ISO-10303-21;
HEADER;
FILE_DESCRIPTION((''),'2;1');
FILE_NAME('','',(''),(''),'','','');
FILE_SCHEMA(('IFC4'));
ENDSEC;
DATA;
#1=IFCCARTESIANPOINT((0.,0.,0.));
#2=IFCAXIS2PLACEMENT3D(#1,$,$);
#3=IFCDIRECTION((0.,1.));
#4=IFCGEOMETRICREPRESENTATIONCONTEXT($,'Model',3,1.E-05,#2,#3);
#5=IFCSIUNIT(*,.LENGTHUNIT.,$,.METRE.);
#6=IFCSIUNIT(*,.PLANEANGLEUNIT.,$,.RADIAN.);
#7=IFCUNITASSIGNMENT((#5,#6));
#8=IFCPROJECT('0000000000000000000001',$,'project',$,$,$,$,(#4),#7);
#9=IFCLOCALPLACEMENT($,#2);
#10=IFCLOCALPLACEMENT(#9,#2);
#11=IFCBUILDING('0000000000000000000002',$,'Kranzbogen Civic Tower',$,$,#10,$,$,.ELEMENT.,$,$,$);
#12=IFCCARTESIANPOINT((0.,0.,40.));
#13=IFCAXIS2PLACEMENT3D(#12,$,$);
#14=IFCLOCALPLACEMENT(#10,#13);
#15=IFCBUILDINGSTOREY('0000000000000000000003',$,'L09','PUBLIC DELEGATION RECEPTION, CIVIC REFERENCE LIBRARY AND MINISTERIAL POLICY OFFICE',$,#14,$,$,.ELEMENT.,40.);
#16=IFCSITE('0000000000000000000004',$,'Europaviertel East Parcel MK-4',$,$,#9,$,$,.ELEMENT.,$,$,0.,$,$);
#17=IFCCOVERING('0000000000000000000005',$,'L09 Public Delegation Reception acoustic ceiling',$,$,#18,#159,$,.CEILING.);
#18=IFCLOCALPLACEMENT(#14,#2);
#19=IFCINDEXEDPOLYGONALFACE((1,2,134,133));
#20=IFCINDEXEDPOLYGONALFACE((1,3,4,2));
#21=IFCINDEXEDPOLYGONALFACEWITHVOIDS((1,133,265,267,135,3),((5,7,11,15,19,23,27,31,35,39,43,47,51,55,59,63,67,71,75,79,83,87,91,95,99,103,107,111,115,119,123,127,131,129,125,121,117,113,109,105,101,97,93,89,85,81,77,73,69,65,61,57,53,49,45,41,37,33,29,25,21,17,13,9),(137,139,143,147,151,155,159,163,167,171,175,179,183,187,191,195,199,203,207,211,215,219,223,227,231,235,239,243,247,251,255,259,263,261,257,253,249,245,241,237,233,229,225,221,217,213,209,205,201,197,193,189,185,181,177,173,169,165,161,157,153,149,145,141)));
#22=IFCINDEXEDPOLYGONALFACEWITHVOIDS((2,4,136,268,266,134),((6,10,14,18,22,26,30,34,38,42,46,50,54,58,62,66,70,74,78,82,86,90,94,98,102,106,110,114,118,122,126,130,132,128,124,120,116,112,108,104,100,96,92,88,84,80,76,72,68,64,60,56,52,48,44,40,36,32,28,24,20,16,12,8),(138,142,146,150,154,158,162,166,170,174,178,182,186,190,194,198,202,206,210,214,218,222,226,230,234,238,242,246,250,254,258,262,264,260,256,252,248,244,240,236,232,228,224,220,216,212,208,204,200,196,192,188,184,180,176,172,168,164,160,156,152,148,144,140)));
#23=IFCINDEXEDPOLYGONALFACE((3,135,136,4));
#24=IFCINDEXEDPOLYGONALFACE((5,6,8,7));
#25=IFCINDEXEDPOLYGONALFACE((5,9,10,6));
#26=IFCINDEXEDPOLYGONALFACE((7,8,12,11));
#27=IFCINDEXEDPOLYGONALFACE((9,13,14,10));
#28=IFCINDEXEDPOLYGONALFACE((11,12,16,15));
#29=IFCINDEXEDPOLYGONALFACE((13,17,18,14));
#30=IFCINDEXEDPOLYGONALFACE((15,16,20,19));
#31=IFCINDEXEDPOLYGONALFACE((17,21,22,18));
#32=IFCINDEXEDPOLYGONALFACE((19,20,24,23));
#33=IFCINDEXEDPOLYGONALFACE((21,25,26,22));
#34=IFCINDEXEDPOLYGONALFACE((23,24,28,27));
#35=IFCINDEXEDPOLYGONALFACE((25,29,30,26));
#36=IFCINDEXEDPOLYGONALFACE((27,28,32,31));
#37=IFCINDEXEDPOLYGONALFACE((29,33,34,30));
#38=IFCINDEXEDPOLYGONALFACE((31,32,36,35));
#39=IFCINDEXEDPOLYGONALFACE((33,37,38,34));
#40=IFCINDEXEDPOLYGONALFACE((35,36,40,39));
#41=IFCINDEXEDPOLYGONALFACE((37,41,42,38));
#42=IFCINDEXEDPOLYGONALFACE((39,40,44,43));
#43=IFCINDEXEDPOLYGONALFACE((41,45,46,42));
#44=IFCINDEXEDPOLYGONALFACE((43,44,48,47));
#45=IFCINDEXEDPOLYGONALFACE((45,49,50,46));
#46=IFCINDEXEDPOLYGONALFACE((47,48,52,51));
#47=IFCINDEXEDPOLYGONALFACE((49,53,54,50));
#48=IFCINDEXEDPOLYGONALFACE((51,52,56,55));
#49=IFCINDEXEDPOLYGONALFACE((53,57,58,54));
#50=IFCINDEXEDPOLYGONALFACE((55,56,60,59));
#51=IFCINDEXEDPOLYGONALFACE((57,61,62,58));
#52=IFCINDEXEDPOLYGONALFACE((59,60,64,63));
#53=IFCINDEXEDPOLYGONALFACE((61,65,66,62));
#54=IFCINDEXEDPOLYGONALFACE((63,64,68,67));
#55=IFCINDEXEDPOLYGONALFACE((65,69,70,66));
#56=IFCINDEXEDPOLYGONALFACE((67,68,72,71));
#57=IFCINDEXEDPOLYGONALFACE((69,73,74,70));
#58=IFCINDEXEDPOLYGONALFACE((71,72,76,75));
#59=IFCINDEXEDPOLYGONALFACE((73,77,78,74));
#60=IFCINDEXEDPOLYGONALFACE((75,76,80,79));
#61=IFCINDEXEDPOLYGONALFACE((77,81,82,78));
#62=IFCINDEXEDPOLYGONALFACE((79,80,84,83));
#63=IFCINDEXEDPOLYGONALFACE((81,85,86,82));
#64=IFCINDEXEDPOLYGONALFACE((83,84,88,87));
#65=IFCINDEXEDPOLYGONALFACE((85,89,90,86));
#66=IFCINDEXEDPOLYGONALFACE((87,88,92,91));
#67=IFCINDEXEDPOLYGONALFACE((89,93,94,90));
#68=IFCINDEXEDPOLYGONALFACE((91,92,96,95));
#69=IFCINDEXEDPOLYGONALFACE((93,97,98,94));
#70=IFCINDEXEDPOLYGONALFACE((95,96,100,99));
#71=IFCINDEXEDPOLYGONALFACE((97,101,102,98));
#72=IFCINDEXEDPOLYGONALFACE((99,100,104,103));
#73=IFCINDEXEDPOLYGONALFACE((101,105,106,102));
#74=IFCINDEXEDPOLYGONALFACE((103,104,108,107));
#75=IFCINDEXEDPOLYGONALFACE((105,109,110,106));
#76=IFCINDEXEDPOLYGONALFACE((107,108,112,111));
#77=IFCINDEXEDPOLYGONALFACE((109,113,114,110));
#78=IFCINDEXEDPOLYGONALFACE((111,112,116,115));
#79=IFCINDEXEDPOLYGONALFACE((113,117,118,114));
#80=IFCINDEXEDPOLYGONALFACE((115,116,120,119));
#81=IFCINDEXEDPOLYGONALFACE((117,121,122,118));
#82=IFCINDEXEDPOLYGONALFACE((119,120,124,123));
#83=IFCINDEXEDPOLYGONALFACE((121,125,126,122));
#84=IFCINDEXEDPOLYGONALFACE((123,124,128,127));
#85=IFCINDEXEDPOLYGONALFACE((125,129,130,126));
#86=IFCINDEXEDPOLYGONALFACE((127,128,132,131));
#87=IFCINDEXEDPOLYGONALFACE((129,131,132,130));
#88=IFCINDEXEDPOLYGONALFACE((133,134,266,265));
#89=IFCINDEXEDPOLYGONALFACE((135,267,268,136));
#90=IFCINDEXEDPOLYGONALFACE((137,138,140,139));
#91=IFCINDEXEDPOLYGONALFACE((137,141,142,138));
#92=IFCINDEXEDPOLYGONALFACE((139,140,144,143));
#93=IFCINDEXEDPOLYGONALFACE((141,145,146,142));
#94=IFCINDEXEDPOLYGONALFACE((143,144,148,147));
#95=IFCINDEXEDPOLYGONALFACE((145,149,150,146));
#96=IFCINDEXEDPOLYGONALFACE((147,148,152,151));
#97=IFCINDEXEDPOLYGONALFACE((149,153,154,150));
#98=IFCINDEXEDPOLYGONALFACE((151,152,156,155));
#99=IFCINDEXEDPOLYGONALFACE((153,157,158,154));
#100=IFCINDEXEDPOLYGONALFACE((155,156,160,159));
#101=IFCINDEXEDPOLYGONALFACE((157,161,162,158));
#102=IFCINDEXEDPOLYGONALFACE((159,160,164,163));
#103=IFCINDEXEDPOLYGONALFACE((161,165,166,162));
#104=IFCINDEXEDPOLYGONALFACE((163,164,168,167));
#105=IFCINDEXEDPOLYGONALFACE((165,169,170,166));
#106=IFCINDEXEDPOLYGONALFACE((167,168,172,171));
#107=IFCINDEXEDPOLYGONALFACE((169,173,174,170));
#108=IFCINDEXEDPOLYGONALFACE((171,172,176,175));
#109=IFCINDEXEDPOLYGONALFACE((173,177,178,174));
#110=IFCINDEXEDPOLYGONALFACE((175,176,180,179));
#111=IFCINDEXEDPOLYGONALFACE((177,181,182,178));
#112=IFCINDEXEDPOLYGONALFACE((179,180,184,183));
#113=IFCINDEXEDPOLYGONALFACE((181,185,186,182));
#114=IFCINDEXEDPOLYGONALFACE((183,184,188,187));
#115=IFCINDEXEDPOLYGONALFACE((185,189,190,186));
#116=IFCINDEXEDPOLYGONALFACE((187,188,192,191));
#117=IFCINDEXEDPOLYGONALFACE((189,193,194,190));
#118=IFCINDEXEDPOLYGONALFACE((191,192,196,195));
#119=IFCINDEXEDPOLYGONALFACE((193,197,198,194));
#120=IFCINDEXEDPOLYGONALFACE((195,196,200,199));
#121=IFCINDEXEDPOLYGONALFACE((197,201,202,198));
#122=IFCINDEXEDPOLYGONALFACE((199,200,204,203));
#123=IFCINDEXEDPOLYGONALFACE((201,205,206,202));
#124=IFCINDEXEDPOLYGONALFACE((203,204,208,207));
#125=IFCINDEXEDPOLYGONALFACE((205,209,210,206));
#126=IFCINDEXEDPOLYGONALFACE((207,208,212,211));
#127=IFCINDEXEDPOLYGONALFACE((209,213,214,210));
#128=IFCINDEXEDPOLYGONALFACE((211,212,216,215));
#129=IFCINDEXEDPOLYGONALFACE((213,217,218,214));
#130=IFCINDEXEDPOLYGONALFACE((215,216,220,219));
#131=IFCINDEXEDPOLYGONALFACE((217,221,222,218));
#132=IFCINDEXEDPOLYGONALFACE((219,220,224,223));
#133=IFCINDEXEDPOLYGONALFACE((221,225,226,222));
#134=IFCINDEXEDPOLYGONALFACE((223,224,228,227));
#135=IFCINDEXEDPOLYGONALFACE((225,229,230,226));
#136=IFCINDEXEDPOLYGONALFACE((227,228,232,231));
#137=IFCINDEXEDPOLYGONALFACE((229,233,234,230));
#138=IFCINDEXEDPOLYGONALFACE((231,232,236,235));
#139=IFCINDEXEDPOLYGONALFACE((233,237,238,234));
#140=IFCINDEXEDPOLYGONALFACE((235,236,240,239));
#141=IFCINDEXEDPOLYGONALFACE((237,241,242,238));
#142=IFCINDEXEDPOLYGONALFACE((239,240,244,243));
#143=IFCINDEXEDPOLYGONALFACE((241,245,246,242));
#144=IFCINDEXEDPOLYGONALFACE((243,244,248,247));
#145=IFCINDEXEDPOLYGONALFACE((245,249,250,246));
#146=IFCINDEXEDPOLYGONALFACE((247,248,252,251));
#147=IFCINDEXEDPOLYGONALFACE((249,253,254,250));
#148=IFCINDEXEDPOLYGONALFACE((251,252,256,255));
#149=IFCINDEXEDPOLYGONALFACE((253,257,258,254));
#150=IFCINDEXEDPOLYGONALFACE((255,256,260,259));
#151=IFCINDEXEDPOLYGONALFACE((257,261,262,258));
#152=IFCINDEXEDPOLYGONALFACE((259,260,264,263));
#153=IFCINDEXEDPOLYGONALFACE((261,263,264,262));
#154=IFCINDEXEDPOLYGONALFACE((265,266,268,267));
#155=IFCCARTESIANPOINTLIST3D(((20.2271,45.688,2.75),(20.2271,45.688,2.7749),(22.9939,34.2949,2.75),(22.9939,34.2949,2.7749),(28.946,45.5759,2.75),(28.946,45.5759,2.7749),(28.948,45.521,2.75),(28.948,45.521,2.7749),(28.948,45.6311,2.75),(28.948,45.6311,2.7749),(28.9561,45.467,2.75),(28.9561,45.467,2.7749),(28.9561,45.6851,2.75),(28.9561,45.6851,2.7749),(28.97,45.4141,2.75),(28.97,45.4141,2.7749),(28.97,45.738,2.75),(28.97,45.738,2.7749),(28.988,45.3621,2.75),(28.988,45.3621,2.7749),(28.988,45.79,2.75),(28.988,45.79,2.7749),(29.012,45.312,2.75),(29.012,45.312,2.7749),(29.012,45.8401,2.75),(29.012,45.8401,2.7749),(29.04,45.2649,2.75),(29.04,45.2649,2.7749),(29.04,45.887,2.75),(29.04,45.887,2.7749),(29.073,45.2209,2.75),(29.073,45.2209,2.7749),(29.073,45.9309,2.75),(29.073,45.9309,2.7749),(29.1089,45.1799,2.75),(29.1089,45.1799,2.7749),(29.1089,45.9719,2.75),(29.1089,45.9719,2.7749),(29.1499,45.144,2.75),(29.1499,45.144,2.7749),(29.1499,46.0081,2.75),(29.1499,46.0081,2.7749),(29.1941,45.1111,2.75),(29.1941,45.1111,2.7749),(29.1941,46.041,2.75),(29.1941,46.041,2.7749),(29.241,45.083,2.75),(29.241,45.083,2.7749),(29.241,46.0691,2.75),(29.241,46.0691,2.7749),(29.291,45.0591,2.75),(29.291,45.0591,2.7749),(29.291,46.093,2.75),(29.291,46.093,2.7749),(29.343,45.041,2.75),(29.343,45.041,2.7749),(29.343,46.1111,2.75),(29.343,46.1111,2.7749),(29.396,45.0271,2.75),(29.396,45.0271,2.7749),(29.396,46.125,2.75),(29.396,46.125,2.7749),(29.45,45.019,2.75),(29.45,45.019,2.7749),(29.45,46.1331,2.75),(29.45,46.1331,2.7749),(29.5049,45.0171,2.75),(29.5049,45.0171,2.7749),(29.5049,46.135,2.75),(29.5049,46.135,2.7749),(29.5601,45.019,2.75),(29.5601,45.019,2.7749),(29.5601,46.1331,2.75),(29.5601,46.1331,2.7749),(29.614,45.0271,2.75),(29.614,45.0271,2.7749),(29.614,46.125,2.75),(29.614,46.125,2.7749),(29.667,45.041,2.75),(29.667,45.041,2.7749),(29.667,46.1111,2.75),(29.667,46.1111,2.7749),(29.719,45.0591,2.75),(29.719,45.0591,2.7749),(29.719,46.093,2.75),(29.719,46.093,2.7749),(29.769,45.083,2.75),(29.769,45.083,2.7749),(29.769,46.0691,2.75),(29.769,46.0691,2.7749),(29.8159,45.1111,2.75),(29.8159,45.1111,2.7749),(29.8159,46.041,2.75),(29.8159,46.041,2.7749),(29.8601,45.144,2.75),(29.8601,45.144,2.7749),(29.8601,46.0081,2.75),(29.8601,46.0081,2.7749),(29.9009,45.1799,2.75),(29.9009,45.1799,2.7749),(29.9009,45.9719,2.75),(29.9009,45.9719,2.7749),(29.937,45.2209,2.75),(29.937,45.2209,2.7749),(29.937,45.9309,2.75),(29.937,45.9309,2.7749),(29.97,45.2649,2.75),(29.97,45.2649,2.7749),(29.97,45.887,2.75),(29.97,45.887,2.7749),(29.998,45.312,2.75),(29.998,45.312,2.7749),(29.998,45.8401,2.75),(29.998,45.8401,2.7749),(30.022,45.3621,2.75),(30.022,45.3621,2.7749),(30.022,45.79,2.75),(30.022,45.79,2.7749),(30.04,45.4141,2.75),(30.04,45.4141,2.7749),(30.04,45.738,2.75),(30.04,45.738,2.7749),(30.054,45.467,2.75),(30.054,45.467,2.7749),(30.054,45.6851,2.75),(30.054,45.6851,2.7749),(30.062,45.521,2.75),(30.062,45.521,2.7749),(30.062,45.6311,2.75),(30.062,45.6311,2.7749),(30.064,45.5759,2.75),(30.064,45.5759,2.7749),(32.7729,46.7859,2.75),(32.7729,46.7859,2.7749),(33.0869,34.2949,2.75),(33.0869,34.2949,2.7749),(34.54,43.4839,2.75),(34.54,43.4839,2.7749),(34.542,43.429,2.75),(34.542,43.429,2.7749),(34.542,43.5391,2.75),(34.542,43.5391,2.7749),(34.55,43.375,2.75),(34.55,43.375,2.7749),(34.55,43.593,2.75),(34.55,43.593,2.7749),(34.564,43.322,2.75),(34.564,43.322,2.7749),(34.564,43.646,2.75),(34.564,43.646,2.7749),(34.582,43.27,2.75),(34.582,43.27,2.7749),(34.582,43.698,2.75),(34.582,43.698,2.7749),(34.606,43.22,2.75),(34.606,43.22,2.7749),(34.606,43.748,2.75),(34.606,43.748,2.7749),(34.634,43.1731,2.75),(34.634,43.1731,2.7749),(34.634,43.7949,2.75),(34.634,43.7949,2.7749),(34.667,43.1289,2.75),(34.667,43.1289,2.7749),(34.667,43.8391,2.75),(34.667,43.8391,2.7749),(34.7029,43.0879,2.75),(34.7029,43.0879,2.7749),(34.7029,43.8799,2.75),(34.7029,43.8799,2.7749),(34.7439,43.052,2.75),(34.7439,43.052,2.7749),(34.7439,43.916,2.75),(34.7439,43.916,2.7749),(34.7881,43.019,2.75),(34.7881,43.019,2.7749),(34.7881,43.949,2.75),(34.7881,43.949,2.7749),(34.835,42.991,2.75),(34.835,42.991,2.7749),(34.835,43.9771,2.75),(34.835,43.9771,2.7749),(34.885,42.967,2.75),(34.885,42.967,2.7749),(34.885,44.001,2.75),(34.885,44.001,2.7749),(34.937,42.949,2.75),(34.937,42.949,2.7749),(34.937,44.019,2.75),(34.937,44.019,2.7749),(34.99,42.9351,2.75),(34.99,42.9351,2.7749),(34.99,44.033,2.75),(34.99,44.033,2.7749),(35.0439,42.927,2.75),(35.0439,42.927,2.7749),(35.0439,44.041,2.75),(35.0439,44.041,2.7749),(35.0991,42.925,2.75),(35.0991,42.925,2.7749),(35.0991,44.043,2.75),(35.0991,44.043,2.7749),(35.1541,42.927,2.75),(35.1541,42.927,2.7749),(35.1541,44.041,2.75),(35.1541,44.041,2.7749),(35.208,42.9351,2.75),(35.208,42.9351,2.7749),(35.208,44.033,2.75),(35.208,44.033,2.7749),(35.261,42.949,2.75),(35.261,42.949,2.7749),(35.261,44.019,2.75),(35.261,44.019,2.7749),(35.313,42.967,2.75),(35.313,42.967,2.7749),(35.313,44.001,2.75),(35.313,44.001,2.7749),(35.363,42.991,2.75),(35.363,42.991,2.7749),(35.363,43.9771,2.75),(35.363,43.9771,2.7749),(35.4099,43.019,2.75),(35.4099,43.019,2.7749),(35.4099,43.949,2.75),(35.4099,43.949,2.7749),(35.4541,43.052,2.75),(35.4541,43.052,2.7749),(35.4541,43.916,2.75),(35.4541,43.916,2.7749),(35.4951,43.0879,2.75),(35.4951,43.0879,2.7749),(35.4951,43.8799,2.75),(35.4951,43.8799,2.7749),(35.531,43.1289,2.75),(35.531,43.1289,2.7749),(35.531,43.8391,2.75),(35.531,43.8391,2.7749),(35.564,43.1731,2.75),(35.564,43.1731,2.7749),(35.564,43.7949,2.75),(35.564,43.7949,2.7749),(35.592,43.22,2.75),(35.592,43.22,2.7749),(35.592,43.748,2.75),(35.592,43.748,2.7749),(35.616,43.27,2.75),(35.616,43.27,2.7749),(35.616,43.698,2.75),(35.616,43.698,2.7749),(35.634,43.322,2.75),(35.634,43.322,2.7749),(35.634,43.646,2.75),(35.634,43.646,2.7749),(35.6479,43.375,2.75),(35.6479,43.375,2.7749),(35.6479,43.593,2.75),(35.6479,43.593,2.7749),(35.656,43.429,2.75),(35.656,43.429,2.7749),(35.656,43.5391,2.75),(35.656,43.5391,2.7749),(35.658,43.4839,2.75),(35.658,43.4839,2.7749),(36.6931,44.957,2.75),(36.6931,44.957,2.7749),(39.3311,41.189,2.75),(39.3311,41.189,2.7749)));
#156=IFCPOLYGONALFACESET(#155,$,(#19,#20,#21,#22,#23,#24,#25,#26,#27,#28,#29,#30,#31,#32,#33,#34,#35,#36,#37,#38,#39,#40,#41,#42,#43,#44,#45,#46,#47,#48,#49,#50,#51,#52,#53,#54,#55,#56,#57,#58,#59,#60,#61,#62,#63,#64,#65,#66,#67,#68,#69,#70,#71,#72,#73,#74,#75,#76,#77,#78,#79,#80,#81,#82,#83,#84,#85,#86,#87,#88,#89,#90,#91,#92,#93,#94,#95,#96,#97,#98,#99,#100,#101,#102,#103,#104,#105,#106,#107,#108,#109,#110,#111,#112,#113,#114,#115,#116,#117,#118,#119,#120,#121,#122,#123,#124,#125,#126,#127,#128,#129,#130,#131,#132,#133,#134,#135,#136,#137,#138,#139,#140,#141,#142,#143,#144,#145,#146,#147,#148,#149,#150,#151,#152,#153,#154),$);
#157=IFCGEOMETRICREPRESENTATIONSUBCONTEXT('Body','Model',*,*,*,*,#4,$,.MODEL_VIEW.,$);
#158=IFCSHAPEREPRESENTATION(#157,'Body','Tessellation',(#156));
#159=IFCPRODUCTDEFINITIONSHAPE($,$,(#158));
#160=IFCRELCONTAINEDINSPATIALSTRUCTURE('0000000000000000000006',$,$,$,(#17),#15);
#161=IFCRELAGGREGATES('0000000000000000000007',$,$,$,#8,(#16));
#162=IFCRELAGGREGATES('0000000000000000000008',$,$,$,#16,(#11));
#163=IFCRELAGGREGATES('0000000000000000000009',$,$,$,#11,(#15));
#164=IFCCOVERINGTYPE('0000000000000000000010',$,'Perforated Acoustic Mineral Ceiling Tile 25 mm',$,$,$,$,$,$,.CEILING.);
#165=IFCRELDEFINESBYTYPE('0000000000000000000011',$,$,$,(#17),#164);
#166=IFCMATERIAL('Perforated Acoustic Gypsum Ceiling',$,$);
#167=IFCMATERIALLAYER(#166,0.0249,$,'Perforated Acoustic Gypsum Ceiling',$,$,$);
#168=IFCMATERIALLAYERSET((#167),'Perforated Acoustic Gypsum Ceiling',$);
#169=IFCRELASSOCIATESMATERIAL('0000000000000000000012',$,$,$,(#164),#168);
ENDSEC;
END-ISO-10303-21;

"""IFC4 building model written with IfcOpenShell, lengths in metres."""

from ifc_helpers import new_model, si_unit, direction, frame, origin, place, context, subcontext, project, spatial, polyline, outline, extrude, material, layer, layer_set, type_object, element, save


model = new_model("IFC4")

# Units and contexts
model_context = context("Model", 3, precision=1e-05, world=origin(), true_north=direction((0.0, 1.0)))
body_context = subcontext(model_context, "Body", "Model", "MODEL_VIEW")
ifc_project = project(units=[si_unit("LENGTHUNIT", "METRE"), si_unit("PLANEANGLEUNIT", "RADIAN")], contexts=[model_context])

# Site, building, storey
site_placement = place(None, origin())
site = spatial("IfcSite", under=ifc_project, at=site_placement, Name="Europaviertel East Parcel MK-4", CompositionType="ELEMENT", RefElevation=0.0)
building_placement = place(site_placement, origin())
building = spatial("IfcBuilding", under=site, at=building_placement, Name="Kranzbogen Civic Tower", CompositionType="ELEMENT")
storey_placement = place(building_placement, frame((0.0, 0.0, 40.0)))
storey = spatial("IfcBuildingStorey", under=building, at=storey_placement, Name="L09", Description="PUBLIC DELEGATION RECEPTION, CIVIC REFERENCE LIBRARY AND MINISTERIAL POLICY OFFICE", CompositionType="ELEMENT", Elevation=40.0)

# Covering
ifc_material_1 = material(Name="Perforated Acoustic Gypsum Ceiling")
ifc_layer_1 = layer(ifc_material_1, 0.0249, Name="Perforated Acoustic Gypsum Ceiling")
ifc_layer_set_1 = layer_set([ifc_layer_1], Name="Perforated Acoustic Gypsum Ceiling")
covering_type = type_object("IfcCoveringType", Name="Perforated Acoustic Mineral Ceiling Tile 25 mm", PredefinedType="CEILING", material=ifc_layer_set_1)
covering_1_placement = place(storey_placement, frame((0.0, 0.0, 2.75)))
element("IfcCovering", 1, at=covering_1_placement, inside=storey, type_object=covering_type, Name="L09 Public Delegation Reception acoustic ceiling", PredefinedType="CEILING", context=body_context, shape_type="SweptSolid", body=[
    extrude(outline(polyline([(36.6931, 44.957), (39.3311, 41.189), (33.0869, 34.2949), (22.9939, 34.2949), (20.2271, 45.688), (32.7729, 46.7859), (36.6931, 44.957)]), holes=[polyline([(35.616, 43.27), (35.592, 43.22), (35.564, 43.1731), (35.531, 43.1289), (35.4951, 43.0879), (35.4541, 43.052), (35.4099, 43.019), (35.363, 42.991), (35.313, 42.967), (35.261, 42.949), (35.208, 42.9351), (35.1541, 42.927), (35.0991, 42.925), (35.0439, 42.927), (34.99, 42.9351), (34.937, 42.949), (34.885, 42.967), (34.835, 42.991), (34.7881, 43.019), (34.7439, 43.052), (34.7029, 43.0879), (34.667, 43.1289), (34.634, 43.1731), (34.606, 43.22), (34.582, 43.27), (34.564, 43.322), (34.55, 43.375), (34.542, 43.429), (34.54, 43.4839), (34.542, 43.5391), (34.55, 43.593), (34.564, 43.646), (34.582, 43.698), (34.606, 43.748), (34.634, 43.7949), (34.667, 43.8391), (34.7029, 43.8799), (34.7439, 43.916), (34.7881, 43.949), (34.835, 43.9771), (34.885, 44.001), (34.937, 44.019), (34.99, 44.033), (35.0439, 44.041), (35.0991, 44.043), (35.1541, 44.041), (35.208, 44.033), (35.261, 44.019), (35.313, 44.001), (35.363, 43.9771), (35.4099, 43.949), (35.4541, 43.916), (35.4951, 43.8799), (35.531, 43.8391), (35.564, 43.7949), (35.592, 43.748), (35.616, 43.698), (35.634, 43.646), (35.6479, 43.593), (35.656, 43.5391), (35.658, 43.4839), (35.656, 43.429), (35.6479, 43.375), (35.634, 43.322), (35.616, 43.27)]), polyline([(30.022, 45.3621), (29.998, 45.312), (29.97, 45.2649), (29.937, 45.2209), (29.9009, 45.1799), (29.8601, 45.144), (29.8159, 45.1111), (29.769, 45.083), (29.719, 45.0591), (29.667, 45.041), (29.614, 45.0271), (29.5601, 45.019), (29.5049, 45.0171), (29.45, 45.019), (29.396, 45.0271), (29.343, 45.041), (29.291, 45.0591), (29.241, 45.083), (29.1941, 45.1111), (29.1499, 45.144), (29.1089, 45.1799), (29.073, 45.2209), (29.04, 45.2649), (29.012, 45.312), (28.988, 45.3621), (28.97, 45.4141), (28.9561, 45.467), (28.948, 45.521), (28.946, 45.5759), (28.948, 45.6311), (28.9561, 45.6851), (28.97, 45.738), (28.988, 45.79), (29.012, 45.8401), (29.04, 45.887), (29.073, 45.9309), (29.1089, 45.9719), (29.1499, 46.0081), (29.1941, 46.041), (29.241, 46.0691), (29.291, 46.093), (29.343, 46.1111), (29.396, 46.125), (29.45, 46.1331), (29.5049, 46.135), (29.5601, 46.1331), (29.614, 46.125), (29.667, 46.1111), (29.719, 46.093), (29.769, 46.0691), (29.8159, 46.041), (29.8601, 46.0081), (29.9009, 45.9719), (29.937, 45.9309), (29.97, 45.887), (29.998, 45.8401), (30.022, 45.79), (30.04, 45.738), (30.054, 45.6851), (30.062, 45.6311), (30.064, 45.5759), (30.062, 45.521), (30.054, 45.467), (30.04, 45.4141), (30.022, 45.3621)])]), origin(), (0.0, 0.0, 1.0), 0.0249),
])

save(model, "model.ifc")
